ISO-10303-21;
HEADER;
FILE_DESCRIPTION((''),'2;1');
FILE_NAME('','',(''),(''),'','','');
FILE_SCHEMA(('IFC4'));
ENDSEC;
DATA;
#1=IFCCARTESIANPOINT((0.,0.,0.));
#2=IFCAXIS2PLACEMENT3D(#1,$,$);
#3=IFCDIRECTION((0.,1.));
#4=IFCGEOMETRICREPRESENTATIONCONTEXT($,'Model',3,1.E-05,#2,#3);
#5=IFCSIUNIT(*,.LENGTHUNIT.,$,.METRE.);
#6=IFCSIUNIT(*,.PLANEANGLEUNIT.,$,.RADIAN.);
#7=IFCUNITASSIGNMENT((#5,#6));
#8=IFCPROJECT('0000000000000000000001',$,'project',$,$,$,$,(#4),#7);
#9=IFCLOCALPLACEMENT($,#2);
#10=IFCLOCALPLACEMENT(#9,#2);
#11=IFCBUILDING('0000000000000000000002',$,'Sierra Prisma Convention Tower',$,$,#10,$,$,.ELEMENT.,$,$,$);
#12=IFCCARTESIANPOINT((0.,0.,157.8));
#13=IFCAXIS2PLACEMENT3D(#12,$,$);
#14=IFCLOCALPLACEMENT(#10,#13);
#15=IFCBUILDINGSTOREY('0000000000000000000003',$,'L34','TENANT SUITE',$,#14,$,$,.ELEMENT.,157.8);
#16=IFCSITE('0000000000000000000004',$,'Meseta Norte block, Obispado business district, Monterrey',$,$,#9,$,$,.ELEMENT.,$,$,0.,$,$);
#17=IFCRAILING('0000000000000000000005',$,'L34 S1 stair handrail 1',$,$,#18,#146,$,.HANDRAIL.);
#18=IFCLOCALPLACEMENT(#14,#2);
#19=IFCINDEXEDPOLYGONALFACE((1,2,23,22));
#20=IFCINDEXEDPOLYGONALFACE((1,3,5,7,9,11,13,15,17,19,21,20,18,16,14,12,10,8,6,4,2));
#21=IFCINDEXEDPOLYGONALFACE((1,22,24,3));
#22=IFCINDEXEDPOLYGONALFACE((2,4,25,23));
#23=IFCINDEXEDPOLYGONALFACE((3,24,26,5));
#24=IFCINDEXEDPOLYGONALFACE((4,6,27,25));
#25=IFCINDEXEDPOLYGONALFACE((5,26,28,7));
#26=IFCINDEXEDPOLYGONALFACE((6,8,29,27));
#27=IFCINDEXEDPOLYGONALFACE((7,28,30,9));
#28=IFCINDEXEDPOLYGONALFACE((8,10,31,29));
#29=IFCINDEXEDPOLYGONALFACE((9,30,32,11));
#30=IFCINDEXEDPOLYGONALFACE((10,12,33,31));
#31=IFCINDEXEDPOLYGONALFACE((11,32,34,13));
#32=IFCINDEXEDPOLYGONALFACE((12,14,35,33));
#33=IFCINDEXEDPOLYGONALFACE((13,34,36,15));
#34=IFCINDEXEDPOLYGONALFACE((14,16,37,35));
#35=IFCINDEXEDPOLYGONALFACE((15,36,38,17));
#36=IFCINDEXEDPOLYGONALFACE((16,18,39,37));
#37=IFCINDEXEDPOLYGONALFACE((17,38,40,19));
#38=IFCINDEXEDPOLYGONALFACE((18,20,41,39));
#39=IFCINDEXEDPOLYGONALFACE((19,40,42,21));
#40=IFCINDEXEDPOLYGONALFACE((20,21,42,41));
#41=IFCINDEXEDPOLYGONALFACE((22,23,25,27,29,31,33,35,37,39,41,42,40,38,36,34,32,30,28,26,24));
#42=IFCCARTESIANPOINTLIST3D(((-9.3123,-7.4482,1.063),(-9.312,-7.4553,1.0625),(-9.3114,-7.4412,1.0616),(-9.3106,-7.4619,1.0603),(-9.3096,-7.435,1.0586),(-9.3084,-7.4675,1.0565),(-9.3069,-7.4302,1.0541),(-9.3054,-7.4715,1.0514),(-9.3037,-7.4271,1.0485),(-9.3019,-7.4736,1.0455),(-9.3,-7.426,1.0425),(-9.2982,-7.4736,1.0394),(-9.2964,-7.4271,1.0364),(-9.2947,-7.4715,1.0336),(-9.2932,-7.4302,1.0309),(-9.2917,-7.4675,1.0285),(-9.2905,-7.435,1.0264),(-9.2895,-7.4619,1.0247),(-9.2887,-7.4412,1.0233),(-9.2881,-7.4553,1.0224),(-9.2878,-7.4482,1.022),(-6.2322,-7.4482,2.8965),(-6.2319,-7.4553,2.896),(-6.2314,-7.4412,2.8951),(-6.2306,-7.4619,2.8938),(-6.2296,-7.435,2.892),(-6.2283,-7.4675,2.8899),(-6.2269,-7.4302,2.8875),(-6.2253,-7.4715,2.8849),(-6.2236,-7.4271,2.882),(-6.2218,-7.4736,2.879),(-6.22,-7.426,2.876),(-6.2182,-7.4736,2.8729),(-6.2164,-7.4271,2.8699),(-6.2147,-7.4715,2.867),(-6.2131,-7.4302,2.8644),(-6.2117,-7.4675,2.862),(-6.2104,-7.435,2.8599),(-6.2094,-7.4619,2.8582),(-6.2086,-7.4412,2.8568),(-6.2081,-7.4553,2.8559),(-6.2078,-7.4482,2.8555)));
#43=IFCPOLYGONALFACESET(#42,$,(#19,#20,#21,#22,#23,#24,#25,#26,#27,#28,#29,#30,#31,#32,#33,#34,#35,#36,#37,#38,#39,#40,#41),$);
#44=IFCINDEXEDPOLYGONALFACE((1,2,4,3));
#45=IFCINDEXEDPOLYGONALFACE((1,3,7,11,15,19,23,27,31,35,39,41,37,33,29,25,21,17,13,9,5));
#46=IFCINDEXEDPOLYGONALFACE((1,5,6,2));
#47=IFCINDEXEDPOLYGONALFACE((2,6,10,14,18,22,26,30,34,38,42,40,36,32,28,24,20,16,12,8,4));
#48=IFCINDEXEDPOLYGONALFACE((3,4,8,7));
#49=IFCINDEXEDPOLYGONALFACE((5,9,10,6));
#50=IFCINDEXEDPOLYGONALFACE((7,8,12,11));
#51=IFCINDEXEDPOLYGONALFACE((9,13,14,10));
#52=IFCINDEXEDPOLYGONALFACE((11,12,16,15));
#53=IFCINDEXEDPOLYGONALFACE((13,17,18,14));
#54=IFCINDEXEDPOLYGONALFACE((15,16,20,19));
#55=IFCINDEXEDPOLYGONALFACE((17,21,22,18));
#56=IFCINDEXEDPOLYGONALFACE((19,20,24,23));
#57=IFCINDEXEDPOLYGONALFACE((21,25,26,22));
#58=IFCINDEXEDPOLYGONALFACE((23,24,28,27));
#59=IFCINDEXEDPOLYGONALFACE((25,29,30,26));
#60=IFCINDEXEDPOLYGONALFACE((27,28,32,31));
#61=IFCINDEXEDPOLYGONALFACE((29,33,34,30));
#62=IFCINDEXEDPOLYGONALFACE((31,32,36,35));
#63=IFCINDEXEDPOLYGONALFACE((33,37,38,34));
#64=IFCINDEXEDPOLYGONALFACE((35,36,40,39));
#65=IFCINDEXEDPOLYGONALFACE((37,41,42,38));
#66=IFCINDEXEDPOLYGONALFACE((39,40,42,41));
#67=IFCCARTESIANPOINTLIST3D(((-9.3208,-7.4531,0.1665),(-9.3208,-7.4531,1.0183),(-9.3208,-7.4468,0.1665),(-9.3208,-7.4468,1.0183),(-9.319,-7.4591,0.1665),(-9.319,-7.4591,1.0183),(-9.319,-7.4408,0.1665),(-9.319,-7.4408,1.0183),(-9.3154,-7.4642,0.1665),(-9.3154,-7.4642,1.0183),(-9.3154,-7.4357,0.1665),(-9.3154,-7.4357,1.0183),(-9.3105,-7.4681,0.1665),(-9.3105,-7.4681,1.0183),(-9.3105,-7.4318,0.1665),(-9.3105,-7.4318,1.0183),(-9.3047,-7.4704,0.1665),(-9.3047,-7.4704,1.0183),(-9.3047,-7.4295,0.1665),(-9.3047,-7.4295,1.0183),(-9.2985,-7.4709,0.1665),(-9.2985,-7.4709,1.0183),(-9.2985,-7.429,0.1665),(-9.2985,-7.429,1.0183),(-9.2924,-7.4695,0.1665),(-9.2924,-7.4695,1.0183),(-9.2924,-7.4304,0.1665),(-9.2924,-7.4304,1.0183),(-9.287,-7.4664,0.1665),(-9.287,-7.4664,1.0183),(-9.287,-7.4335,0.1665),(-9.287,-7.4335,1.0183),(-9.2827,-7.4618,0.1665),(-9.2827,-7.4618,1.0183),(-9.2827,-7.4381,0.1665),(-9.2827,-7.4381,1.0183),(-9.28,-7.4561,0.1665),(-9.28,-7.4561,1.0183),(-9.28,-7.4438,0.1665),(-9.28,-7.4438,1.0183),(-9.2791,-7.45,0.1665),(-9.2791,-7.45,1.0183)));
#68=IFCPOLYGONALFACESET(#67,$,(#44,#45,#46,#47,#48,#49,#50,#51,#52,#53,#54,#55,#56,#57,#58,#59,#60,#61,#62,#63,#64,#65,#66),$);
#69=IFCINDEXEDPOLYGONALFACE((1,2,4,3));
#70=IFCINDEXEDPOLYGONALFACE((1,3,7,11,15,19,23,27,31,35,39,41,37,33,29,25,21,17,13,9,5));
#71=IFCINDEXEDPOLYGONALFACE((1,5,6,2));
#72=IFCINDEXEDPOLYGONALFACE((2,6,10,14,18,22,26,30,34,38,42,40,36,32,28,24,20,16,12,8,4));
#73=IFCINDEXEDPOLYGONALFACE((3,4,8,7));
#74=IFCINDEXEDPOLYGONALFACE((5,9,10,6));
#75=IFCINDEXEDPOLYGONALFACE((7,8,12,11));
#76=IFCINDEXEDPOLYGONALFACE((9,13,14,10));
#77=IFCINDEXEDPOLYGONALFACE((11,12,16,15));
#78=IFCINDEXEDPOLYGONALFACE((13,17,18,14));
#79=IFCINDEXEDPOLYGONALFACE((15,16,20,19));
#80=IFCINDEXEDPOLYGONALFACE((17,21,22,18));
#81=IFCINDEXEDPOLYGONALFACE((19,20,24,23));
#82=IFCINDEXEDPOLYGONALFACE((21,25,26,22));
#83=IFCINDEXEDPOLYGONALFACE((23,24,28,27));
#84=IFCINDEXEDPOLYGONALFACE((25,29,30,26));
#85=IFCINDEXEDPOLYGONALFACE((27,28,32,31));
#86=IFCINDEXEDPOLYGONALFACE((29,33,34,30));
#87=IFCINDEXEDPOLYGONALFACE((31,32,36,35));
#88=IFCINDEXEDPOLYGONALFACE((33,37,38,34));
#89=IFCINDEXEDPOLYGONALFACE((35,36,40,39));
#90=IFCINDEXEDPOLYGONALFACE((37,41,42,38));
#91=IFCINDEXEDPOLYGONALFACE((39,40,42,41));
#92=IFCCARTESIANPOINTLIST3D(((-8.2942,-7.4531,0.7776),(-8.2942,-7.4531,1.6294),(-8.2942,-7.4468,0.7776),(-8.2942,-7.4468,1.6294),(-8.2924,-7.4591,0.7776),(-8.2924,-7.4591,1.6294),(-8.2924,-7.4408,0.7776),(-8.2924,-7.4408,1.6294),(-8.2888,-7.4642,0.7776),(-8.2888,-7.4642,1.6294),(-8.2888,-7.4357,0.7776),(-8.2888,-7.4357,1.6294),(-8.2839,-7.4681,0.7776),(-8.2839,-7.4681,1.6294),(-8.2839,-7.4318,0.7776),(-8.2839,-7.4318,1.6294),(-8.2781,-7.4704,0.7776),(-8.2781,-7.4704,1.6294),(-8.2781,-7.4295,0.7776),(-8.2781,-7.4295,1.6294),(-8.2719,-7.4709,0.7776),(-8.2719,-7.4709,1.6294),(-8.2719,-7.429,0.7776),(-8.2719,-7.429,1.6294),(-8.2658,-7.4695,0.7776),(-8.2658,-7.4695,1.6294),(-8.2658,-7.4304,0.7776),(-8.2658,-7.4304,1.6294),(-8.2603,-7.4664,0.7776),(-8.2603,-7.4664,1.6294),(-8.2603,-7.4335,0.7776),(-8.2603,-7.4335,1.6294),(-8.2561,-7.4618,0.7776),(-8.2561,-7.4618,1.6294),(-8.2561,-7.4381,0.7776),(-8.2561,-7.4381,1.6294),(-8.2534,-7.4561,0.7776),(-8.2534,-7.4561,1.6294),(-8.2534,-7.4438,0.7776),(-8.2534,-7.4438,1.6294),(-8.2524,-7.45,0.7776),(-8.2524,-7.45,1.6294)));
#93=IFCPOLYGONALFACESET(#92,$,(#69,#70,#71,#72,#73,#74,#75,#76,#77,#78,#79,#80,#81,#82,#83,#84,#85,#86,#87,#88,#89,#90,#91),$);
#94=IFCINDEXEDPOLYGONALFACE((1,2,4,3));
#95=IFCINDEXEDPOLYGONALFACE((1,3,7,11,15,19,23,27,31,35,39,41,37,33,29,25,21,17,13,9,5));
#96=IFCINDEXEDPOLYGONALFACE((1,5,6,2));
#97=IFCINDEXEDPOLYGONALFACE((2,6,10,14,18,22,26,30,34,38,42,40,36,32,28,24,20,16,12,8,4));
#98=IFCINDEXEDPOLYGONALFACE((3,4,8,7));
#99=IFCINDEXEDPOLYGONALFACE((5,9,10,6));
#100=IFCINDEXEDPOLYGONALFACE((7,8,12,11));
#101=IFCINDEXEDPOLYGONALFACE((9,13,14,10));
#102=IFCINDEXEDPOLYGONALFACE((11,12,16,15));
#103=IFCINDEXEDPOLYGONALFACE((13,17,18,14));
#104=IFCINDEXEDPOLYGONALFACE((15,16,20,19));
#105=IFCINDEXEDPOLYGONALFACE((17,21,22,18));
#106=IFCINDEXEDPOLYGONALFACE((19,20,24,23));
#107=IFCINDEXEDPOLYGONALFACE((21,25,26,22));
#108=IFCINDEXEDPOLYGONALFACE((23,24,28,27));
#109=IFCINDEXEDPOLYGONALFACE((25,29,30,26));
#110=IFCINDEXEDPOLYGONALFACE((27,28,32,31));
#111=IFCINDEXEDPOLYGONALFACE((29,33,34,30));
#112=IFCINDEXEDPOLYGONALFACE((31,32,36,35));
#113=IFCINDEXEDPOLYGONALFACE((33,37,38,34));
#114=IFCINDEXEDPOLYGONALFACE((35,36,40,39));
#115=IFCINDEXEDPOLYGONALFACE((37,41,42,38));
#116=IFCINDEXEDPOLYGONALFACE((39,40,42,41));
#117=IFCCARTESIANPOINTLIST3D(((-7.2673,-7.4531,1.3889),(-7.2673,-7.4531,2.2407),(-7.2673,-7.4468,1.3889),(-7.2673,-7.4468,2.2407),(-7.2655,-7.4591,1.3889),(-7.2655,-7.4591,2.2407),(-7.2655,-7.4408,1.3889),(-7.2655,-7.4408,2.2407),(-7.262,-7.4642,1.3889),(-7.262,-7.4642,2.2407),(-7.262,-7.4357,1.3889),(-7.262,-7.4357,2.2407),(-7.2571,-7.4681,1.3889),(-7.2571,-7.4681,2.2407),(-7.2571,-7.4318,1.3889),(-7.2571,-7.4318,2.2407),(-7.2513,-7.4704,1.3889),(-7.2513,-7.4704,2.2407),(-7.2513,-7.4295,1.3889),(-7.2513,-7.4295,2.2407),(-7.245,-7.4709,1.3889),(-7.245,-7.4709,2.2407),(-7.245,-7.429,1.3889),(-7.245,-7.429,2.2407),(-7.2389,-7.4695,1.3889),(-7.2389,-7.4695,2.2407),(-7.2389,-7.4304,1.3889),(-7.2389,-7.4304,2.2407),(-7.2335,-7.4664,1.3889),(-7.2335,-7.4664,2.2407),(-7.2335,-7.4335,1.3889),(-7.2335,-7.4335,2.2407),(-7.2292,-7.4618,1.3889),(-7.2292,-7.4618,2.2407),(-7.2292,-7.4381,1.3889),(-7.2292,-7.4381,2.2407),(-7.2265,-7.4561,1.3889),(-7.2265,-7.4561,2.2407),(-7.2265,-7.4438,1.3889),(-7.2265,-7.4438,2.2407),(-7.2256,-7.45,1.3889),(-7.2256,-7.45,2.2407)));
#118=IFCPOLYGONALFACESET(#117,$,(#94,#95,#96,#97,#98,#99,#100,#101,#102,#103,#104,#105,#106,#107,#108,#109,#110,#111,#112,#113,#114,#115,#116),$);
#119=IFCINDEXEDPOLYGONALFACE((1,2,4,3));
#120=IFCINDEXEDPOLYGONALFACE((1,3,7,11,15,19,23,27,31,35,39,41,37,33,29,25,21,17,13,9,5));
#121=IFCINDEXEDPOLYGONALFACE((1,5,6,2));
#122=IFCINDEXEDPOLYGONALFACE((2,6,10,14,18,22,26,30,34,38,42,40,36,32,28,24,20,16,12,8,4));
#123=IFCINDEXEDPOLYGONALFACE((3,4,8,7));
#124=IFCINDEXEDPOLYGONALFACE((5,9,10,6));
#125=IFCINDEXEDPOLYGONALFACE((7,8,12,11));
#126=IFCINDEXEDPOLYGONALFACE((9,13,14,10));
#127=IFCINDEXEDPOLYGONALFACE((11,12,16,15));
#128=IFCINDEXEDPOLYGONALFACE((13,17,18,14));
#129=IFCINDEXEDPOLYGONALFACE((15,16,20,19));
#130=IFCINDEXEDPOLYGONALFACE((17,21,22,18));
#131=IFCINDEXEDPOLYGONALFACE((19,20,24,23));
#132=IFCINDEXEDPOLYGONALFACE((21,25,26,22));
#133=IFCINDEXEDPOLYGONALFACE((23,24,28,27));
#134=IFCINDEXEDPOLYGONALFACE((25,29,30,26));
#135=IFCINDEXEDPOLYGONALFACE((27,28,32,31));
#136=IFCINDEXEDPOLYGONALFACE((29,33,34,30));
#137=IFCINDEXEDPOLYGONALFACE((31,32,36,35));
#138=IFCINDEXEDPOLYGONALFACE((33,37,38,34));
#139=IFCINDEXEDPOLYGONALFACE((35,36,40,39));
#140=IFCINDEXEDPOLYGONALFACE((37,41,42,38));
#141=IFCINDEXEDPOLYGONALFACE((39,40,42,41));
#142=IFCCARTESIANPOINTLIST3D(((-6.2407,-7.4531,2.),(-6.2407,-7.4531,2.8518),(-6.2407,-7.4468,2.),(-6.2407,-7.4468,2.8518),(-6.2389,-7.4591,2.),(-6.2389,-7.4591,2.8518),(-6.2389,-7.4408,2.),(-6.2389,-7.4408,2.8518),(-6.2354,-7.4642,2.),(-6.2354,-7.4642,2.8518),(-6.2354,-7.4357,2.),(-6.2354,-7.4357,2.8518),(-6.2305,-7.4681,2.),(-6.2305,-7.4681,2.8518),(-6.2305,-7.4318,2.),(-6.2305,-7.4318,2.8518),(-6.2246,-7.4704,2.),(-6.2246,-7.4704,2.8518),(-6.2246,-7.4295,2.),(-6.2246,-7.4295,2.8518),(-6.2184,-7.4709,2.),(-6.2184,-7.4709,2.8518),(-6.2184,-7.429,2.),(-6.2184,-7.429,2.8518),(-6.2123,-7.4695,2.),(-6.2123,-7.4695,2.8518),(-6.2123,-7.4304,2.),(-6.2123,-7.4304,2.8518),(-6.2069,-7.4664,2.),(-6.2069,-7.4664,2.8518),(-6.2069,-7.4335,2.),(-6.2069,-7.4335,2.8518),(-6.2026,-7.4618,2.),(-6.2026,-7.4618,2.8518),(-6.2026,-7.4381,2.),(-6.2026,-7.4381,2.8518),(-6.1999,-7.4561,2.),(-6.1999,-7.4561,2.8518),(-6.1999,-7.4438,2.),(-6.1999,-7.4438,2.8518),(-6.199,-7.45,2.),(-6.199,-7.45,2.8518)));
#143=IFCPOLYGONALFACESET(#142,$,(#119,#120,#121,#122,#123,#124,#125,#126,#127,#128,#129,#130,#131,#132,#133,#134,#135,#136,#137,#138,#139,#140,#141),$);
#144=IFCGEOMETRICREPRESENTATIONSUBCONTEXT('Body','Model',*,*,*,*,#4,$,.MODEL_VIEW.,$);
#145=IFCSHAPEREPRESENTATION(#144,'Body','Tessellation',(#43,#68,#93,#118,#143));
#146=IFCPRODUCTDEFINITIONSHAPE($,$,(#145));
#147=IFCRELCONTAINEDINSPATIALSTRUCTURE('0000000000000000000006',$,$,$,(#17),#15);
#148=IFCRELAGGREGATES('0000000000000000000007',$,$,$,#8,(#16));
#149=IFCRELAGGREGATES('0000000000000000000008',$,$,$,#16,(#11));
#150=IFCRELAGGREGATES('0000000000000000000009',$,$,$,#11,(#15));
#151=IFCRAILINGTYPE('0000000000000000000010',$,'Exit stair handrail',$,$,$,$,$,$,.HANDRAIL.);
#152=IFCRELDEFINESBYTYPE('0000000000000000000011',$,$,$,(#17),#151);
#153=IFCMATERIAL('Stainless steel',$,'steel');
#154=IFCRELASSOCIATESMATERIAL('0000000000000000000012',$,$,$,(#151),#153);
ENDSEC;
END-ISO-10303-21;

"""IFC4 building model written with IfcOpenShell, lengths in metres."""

from ifc_helpers import new_model, si_unit, direction, frame, origin, origin_2d, place, context, subcontext, project, spatial, circle, extrude, material, type_object, element, save


model = new_model("IFC4")

# Units and contexts
model_context = context("Model", 3, precision=1e-05, world=origin(), true_north=direction((0.0, 1.0)))
body_context = subcontext(model_context, "Body", "Model", "MODEL_VIEW")
ifc_project = project(units=[si_unit("LENGTHUNIT", "METRE"), si_unit("PLANEANGLEUNIT", "RADIAN")], contexts=[model_context])

# Site, building, storey
site_placement = place(None, origin())
site = spatial("IfcSite", under=ifc_project, at=site_placement, Name="Meseta Norte block, Obispado business district, Monterrey", CompositionType="ELEMENT", RefElevation=0.0)
building_placement = place(site_placement, origin())
building = spatial("IfcBuilding", under=site, at=building_placement, Name="Sierra Prisma Convention Tower", CompositionType="ELEMENT")
storey_placement = place(building_placement, frame((0.0, 0.0, 157.8)))
storey = spatial("IfcBuildingStorey", under=building, at=storey_placement, Name="L34", Description="TENANT SUITE", CompositionType="ELEMENT", Elevation=157.8)

# Railing
ifc_material_1 = material(Name="Stainless steel", Category="steel")
railing_type_1 = type_object("IfcRailingType", Name="Exit stair handrail", PredefinedType="HANDRAIL", material=ifc_material_1)
railing_1_placement = place(storey_placement, frame((-9.3, -7.45, 0.1665)))
element("IfcRailing", 1, at=railing_1_placement, inside=storey, type_object=railing_type_1, Name="L34 S1 stair handrail 1", PredefinedType="HANDRAIL", context=body_context, shape_type="SweptSolid", body=[
    extrude(circle(Radius=0.0239, at=origin_2d()), frame((0.0, 0.0, 0.876), z_axis=(0.859279, 0.0, 0.511508), x_axis=(0.0, 1.0, 0.0)), (0.0, 0.0, 1.0), 3.5845),
    extrude(circle(Radius=0.021, at=origin_2d()), origin(), (0.0, 0.0, 1.0), 0.8518),
    extrude(circle(Radius=0.021, at=origin_2d()), frame((1.0266, 0.0, 0.6111)), (0.0, 0.0, 1.0), 0.8518),
    extrude(circle(Radius=0.021, at=origin_2d()), frame((2.0535, 0.0, 1.2224)), (0.0, 0.0, 1.0), 0.8518),
    extrude(circle(Radius=0.021, at=origin_2d()), frame((3.0801, 0.0, 1.8335)), (0.0, 0.0, 1.0), 0.8518),
])

save(model, "model.ifc")
